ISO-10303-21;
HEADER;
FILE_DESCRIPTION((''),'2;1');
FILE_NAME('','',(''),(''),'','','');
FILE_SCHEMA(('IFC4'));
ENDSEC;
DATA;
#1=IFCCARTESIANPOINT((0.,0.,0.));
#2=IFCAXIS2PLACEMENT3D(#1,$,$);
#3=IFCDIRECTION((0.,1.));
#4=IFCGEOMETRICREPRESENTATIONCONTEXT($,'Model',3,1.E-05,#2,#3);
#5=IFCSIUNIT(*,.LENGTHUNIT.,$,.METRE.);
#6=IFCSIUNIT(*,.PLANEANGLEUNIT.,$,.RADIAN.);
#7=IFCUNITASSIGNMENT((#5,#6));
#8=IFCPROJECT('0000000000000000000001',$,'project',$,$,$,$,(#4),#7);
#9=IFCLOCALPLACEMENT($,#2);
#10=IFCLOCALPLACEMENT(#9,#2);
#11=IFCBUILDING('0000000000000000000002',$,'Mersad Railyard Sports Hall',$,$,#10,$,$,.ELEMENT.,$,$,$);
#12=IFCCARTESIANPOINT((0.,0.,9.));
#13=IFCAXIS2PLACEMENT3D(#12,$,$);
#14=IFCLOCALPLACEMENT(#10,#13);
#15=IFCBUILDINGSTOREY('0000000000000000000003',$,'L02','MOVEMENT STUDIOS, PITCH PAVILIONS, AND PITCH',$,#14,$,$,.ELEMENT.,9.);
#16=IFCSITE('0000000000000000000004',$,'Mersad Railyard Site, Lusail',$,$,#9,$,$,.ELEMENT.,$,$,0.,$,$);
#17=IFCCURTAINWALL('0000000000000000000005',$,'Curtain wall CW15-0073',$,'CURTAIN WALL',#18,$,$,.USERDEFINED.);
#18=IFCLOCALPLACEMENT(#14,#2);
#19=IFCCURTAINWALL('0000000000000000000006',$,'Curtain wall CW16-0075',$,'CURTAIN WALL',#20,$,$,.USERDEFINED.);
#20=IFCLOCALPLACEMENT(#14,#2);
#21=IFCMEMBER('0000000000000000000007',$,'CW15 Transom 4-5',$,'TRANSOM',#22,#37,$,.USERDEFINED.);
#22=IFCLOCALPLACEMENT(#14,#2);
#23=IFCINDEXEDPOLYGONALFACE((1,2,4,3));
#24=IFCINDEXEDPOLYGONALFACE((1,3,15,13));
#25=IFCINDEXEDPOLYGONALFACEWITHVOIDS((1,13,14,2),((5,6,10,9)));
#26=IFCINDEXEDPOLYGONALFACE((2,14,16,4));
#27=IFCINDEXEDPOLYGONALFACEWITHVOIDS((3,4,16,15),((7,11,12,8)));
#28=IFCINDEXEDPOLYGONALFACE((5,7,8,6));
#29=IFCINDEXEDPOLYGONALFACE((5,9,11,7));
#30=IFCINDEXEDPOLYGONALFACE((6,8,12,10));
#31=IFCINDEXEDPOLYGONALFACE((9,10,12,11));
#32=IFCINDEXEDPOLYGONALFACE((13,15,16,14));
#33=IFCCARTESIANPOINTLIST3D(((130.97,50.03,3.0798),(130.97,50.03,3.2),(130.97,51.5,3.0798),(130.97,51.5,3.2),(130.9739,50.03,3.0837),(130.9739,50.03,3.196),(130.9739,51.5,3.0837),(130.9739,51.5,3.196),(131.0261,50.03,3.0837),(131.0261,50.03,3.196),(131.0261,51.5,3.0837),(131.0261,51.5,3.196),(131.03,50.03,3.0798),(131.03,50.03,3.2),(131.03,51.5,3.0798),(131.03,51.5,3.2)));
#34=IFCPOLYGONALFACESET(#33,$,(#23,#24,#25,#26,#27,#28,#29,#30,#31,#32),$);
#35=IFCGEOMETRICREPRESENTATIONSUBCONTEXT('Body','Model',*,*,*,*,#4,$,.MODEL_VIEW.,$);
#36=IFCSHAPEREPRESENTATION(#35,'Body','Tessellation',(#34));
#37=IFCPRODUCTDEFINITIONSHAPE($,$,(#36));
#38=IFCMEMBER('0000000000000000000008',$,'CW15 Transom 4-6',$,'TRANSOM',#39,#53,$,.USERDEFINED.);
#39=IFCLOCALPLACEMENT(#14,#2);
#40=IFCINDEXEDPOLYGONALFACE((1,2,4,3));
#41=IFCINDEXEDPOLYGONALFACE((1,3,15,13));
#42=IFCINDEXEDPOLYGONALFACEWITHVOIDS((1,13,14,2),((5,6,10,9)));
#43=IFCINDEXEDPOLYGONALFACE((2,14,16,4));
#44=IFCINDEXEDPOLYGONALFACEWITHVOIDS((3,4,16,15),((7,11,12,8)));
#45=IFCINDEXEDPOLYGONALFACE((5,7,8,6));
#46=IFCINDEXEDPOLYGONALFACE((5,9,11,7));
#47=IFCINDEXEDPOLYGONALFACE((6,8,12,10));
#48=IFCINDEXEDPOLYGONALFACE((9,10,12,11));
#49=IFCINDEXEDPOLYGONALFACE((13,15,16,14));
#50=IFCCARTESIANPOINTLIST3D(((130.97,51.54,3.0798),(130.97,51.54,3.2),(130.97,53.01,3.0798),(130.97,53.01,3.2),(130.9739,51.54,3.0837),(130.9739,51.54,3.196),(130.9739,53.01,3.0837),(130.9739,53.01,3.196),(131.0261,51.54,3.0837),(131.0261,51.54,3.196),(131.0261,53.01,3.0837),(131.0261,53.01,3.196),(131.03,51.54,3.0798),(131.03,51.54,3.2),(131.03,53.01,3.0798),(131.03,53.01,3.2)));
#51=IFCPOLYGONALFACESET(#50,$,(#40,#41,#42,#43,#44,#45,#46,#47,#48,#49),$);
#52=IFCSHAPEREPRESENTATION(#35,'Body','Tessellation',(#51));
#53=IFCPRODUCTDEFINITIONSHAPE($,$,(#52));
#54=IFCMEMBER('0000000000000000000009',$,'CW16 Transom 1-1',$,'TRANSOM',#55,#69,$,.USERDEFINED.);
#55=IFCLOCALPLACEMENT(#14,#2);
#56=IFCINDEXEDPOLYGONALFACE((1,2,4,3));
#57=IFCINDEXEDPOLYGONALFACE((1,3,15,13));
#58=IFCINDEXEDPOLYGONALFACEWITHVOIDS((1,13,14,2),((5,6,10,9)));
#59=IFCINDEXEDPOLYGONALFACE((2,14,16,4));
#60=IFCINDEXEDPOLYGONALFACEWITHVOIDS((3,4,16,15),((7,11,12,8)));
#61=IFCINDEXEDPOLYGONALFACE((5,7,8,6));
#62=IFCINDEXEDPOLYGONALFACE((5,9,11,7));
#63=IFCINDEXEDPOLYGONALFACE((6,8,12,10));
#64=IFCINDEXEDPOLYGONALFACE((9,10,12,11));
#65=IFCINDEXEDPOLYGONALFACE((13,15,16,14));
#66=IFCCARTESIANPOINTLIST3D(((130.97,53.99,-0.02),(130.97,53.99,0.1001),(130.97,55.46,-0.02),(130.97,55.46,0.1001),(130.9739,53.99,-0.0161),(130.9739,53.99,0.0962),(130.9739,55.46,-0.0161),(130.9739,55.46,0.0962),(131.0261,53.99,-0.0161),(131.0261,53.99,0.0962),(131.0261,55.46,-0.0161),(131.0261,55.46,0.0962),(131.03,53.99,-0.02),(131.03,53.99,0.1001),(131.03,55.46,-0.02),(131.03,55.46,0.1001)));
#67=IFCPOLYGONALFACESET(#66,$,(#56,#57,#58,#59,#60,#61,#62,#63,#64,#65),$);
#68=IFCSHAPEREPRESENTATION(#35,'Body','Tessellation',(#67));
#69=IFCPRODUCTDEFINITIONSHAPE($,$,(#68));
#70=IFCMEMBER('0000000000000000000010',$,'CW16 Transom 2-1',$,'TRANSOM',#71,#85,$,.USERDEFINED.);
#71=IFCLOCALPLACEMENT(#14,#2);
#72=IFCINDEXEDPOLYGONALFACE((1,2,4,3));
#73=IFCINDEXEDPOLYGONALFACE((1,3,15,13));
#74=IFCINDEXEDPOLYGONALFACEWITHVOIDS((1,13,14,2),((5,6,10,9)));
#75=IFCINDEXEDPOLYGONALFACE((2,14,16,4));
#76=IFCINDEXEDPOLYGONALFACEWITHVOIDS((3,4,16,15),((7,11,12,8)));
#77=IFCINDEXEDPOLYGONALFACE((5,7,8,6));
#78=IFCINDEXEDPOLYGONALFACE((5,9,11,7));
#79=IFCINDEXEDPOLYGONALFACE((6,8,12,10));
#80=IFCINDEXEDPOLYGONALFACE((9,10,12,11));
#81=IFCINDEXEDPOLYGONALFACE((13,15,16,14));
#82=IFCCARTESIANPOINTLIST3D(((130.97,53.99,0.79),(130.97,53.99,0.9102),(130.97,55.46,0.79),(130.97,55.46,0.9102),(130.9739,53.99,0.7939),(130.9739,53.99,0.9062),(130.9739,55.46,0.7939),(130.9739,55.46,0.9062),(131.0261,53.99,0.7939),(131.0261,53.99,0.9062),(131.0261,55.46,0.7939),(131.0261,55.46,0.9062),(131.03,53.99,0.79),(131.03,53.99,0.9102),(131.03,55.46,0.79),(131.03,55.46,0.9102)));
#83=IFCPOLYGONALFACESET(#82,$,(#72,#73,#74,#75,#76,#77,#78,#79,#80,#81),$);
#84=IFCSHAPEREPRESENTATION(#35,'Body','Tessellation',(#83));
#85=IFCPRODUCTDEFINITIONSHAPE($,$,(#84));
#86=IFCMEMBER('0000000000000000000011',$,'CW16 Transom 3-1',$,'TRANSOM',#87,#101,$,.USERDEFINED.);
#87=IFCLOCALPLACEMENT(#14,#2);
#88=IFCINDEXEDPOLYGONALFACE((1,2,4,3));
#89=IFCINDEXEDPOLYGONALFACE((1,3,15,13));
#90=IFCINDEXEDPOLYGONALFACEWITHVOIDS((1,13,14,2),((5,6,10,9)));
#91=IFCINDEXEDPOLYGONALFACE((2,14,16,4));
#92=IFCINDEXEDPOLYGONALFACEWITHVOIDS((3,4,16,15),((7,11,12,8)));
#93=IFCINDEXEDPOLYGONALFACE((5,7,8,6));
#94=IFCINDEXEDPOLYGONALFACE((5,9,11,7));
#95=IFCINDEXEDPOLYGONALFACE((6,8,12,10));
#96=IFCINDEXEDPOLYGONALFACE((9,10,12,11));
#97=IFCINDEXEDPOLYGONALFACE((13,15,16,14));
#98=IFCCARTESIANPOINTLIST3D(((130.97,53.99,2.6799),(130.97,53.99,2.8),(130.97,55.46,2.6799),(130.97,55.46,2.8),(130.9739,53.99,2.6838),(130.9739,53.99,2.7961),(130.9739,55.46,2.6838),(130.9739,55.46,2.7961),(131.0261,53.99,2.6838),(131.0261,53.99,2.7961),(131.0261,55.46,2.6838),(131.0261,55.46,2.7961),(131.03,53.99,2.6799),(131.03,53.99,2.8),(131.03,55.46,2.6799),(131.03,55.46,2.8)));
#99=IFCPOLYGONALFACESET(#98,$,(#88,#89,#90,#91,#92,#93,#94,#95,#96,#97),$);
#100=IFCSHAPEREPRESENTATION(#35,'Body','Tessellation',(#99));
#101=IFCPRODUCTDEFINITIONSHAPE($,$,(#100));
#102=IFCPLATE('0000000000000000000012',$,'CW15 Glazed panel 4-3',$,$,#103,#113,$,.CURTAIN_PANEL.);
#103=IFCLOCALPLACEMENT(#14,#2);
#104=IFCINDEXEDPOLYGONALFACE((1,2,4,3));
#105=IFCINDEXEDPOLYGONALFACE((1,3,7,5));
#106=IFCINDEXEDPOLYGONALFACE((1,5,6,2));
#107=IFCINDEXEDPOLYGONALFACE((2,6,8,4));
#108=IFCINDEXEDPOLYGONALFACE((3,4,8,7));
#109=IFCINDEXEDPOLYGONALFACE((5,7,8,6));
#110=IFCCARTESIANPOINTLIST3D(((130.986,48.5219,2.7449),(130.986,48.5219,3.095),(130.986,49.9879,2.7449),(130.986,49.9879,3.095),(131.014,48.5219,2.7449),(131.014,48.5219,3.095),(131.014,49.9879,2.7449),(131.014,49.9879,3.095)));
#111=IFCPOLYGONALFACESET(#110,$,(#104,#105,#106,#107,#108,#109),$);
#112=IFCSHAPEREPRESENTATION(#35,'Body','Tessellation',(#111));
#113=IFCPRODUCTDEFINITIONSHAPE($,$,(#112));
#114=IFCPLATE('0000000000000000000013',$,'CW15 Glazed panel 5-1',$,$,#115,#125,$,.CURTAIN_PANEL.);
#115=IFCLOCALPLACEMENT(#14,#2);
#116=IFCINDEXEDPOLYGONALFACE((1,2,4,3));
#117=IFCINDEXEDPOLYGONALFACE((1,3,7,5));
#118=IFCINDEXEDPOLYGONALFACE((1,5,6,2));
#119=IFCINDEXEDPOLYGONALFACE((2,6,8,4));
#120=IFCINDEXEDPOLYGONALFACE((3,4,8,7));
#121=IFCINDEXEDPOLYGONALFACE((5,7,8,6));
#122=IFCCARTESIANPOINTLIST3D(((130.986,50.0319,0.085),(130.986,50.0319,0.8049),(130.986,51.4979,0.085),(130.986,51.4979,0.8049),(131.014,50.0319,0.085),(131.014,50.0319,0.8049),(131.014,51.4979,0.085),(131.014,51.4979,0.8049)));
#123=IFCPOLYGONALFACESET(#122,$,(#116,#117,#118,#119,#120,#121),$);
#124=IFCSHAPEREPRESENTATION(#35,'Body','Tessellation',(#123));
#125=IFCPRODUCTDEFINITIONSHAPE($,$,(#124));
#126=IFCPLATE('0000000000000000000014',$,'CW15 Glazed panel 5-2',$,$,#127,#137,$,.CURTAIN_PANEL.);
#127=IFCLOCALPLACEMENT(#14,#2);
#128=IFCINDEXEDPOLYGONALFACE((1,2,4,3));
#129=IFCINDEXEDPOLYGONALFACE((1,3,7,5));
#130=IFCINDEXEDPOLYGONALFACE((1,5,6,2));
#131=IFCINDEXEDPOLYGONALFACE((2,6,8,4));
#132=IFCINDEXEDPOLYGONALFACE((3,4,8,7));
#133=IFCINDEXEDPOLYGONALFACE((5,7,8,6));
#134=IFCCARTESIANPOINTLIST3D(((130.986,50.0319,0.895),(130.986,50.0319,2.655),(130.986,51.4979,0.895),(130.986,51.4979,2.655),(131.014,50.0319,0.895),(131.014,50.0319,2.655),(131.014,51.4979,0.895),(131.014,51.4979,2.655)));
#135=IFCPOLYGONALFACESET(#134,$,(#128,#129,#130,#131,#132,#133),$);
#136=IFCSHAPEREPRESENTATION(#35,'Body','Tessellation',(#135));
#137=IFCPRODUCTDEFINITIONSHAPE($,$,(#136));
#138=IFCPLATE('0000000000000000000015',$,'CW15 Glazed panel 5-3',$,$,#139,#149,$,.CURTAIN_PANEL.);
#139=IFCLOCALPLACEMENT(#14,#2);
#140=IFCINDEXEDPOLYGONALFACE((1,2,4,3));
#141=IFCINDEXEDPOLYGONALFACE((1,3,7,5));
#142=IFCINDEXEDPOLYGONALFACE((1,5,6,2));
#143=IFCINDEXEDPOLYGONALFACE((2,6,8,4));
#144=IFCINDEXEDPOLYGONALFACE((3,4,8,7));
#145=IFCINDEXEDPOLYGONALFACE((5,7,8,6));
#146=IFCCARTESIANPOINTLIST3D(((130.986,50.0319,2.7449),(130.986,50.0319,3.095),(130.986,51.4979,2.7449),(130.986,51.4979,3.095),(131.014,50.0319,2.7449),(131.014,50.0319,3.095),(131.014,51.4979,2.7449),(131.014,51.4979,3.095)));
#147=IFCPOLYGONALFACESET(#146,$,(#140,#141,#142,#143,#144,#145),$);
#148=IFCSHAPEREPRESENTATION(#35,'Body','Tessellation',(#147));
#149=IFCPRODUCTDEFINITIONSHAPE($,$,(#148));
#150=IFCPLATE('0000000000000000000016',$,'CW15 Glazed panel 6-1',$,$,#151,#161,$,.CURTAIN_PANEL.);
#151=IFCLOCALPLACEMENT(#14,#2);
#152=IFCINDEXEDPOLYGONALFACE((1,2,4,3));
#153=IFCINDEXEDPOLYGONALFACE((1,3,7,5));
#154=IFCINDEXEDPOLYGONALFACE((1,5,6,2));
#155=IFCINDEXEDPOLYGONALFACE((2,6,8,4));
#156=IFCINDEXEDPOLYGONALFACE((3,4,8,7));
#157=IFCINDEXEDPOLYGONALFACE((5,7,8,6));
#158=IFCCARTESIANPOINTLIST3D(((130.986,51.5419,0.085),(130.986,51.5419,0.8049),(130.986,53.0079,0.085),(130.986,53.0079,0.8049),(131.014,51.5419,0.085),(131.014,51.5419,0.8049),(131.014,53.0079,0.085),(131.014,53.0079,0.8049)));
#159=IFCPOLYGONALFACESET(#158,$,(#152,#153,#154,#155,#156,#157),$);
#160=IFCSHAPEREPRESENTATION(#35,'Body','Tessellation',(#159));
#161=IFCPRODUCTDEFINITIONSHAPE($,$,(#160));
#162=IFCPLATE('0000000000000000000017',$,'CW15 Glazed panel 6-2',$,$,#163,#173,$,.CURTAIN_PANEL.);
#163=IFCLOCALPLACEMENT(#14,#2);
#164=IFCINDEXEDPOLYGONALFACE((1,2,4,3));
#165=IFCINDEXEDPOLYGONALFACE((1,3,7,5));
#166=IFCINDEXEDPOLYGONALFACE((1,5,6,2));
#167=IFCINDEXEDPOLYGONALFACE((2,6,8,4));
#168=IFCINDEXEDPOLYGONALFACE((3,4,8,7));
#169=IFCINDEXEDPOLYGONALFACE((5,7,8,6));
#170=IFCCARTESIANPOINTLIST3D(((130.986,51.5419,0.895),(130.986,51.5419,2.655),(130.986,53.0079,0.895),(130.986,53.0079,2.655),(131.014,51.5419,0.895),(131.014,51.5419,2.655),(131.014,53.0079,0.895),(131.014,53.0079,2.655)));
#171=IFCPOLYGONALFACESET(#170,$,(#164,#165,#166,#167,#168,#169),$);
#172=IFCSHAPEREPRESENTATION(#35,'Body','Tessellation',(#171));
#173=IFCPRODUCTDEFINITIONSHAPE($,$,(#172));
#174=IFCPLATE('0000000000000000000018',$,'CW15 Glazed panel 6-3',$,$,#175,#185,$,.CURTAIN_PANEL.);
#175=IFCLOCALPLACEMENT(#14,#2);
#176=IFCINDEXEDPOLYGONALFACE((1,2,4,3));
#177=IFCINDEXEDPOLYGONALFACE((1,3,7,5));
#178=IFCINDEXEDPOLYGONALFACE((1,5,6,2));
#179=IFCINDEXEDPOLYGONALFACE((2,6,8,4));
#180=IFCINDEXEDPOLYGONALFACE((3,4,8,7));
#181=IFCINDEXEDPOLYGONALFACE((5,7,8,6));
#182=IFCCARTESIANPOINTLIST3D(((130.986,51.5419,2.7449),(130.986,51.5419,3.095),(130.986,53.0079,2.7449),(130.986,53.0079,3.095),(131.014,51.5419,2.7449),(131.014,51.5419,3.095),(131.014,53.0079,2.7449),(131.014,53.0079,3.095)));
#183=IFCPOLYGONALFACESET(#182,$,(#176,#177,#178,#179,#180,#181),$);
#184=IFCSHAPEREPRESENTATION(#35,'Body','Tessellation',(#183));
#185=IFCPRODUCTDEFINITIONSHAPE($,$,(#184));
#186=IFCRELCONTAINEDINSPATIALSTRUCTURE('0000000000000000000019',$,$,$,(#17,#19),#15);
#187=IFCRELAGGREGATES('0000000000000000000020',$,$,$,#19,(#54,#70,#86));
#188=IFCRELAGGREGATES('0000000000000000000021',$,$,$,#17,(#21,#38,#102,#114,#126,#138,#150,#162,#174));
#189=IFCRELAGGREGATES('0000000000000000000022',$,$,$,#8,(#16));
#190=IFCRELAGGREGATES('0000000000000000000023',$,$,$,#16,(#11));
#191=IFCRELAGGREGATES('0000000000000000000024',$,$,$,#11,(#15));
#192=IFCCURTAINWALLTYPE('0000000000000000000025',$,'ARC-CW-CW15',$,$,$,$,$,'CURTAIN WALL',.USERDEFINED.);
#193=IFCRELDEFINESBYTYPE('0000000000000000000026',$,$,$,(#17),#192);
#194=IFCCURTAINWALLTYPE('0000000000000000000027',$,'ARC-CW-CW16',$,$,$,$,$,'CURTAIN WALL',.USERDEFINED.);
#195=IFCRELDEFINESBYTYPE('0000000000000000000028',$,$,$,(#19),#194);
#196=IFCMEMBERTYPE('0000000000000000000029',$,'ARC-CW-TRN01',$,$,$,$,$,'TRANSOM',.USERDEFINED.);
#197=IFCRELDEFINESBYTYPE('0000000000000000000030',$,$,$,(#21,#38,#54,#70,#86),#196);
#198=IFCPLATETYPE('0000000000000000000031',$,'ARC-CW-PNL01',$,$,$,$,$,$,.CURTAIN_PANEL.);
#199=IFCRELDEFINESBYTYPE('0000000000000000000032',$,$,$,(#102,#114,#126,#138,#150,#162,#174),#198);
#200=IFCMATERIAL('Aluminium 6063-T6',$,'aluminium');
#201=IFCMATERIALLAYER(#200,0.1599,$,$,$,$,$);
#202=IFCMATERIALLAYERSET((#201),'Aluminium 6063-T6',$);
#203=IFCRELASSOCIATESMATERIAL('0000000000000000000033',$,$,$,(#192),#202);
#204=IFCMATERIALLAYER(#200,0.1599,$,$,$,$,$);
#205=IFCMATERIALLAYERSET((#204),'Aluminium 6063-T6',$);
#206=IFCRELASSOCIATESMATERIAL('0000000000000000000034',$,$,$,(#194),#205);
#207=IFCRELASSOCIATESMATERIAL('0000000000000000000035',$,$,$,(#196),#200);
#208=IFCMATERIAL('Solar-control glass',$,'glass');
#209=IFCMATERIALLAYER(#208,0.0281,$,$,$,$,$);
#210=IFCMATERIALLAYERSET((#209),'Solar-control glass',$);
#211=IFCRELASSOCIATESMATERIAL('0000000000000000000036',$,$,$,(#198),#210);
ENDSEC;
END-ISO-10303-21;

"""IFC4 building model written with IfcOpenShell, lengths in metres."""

from ifc_helpers import new_model, si_unit, direction, frame, origin, origin_2d, place, context, subcontext, project, spatial, rectangle, hollow_rectangle, extrude, material, layer, layer_set, material_profile, profile_set, type_object, element, aggregate, save


model = new_model("IFC4")

# Units and contexts
model_context = context("Model", 3, precision=1e-05, world=origin(), true_north=direction((0.0, 1.0)))
body_context = subcontext(model_context, "Body", "Model", "MODEL_VIEW")
ifc_project = project(units=[si_unit("LENGTHUNIT", "METRE"), si_unit("PLANEANGLEUNIT", "RADIAN")], contexts=[model_context])

# Site, building, storey
site_placement = place(None, origin())
site = spatial("IfcSite", under=ifc_project, at=site_placement, Name="Mersad Railyard Site, Lusail", CompositionType="ELEMENT", RefElevation=0.0)
building_placement = place(site_placement, origin())
building = spatial("IfcBuilding", under=site, at=building_placement, Name="Mersad Railyard Sports Hall", CompositionType="ELEMENT")
storey_placement = place(building_placement, frame((0.0, 0.0, 9.0)))
storey = spatial("IfcBuildingStorey", under=building, at=storey_placement, Name="L02", Description="MOVEMENT STUDIOS, PITCH PAVILIONS, AND PITCH", CompositionType="ELEMENT", Elevation=9.0)

# Curtain wall
ifc_material_1 = material(Name="Aluminium 6063-T6", Category="aluminium")
ifc_layer_1 = layer(ifc_material_1, 0.1599)
ifc_layer_set_1 = layer_set([ifc_layer_1], Name="Aluminium 6063-T6")
curtain_wall_type_1 = type_object("IfcCurtainWallType", Name="ARC-CW-CW15", ElementType="CURTAIN WALL", PredefinedType="USERDEFINED", material=ifc_layer_set_1)
curtain_wall_1_placement = place(storey_placement, origin())
curtain_wall_1 = element("IfcCurtainWall", 1, at=curtain_wall_1_placement, inside=storey, type_object=curtain_wall_type_1, Name="Curtain wall CW15-0073", ObjectType="CURTAIN WALL", PredefinedType="USERDEFINED")

# Curtain wall
ifc_layer_2 = layer(ifc_material_1, 0.1599)
ifc_layer_set_2 = layer_set([ifc_layer_2], Name="Aluminium 6063-T6")
curtain_wall_type_2 = type_object("IfcCurtainWallType", Name="ARC-CW-CW16", ElementType="CURTAIN WALL", PredefinedType="USERDEFINED", material=ifc_layer_set_2)
curtain_wall_2_placement = place(storey_placement, origin())
curtain_wall_2 = element("IfcCurtainWall", 2, at=curtain_wall_2_placement, inside=storey, type_object=curtain_wall_type_2, Name="Curtain wall CW16-0075", ObjectType="CURTAIN WALL", PredefinedType="USERDEFINED")

# Members
ifc_material_profile_1 = material_profile(ifc_material_1, hollow_rectangle(XDim=0.0601, YDim=0.1201, WallThickness=0.0039, at=origin_2d()), Name="AL TRANSOM 60x120x4")
ifc_profile_set_1 = profile_set([ifc_material_profile_1], Name="Aluminium 6063-T6")
member_type_1 = type_object("IfcMemberType", Name="ARC-CW-TRN01", ElementType="TRANSOM", PredefinedType="USERDEFINED", material=ifc_profile_set_1)
member_1_placement = place(storey_placement, frame((131.0, 50.03, 3.1399), z_axis=(0.0, 1.0, 0.0), x_axis=(-1.0, 0.0, 0.0)))
member_1 = element("IfcMember", 3, at=member_1_placement, type_object=member_type_1, Name="CW15 Transom 4-5", ObjectType="TRANSOM", PredefinedType="USERDEFINED", context=body_context, shape_type="SweptSolid", body=[
    extrude(hollow_rectangle(XDim=0.0601, YDim=0.1201, WallThickness=0.0039, at=origin_2d()), origin(), (0.0, 0.0, 1.0), 1.47),
])
member_2_placement = place(storey_placement, frame((131.0, 51.54, 3.1399), z_axis=(0.0, 1.0, 0.0), x_axis=(-1.0, 0.0, 0.0)))
member_2 = element("IfcMember", 4, at=member_2_placement, type_object=member_type_1, Name="CW15 Transom 4-6", ObjectType="TRANSOM", PredefinedType="USERDEFINED", context=body_context, shape_type="SweptSolid", body=[
    extrude(hollow_rectangle(XDim=0.0601, YDim=0.1201, WallThickness=0.0039, at=origin_2d()), origin(), (0.0, 0.0, 1.0), 1.47),
])
member_3_placement = place(storey_placement, frame((131.0, 53.99, 0.04), z_axis=(0.0, 1.0, 0.0), x_axis=(-1.0, 0.0, 0.0)))
member_3 = element("IfcMember", 5, at=member_3_placement, type_object=member_type_1, Name="CW16 Transom 1-1", ObjectType="TRANSOM", PredefinedType="USERDEFINED", context=body_context, shape_type="SweptSolid", body=[
    extrude(hollow_rectangle(XDim=0.0601, YDim=0.1201, WallThickness=0.0039, at=origin_2d()), origin(), (0.0, 0.0, 1.0), 1.47),
])
member_4_placement = place(storey_placement, frame((131.0, 53.99, 0.8501), z_axis=(0.0, 1.0, 0.0), x_axis=(-1.0, 0.0, 0.0)))
member_4 = element("IfcMember", 6, at=member_4_placement, type_object=member_type_1, Name="CW16 Transom 2-1", ObjectType="TRANSOM", PredefinedType="USERDEFINED", context=body_context, shape_type="SweptSolid", body=[
    extrude(hollow_rectangle(XDim=0.0601, YDim=0.1201, WallThickness=0.0039, at=origin_2d()), origin(), (0.0, 0.0, 1.0), 1.47),
])
member_5_placement = place(storey_placement, frame((131.0, 53.99, 2.74), z_axis=(0.0, 1.0, 0.0), x_axis=(-1.0, 0.0, 0.0)))
member_5 = element("IfcMember", 7, at=member_5_placement, type_object=member_type_1, Name="CW16 Transom 3-1", ObjectType="TRANSOM", PredefinedType="USERDEFINED", context=body_context, shape_type="SweptSolid", body=[
    extrude(hollow_rectangle(XDim=0.0601, YDim=0.1201, WallThickness=0.0039, at=origin_2d()), origin(), (0.0, 0.0, 1.0), 1.47),
])
aggregate(curtain_wall_2, [member_3, member_4, member_5])

# Plates
ifc_material_2 = material(Name="Solar-control glass", Category="glass")
ifc_layer_3 = layer(ifc_material_2, 0.0281)
ifc_layer_set_3 = layer_set([ifc_layer_3], Name="Solar-control glass")
plate_type = type_object("IfcPlateType", Name="ARC-CW-PNL01", PredefinedType="CURTAIN_PANEL", material=ifc_layer_set_3)
plate_1_placement = place(storey_placement, frame((131.0, 49.2549, 2.7449), z_axis=(0.0, 0.0, 1.0), x_axis=(0.0, 1.0, 0.0)))
plate_1 = element("IfcPlate", 8, at=plate_1_placement, type_object=plate_type, Name="CW15 Glazed panel 4-3", PredefinedType="CURTAIN_PANEL", context=body_context, shape_type="SweptSolid", body=[
    extrude(rectangle(XDim=1.4661, YDim=0.0281, at=origin_2d()), origin(), (0.0, 0.0, 1.0), 0.3501),
])
plate_2_placement = place(storey_placement, frame((131.0, 50.7649, 0.085), z_axis=(0.0, 0.0, 1.0), x_axis=(0.0, 1.0, 0.0)))
plate_2 = element("IfcPlate", 9, at=plate_2_placement, type_object=plate_type, Name="CW15 Glazed panel 5-1", PredefinedType="CURTAIN_PANEL", context=body_context, shape_type="SweptSolid", body=[
    extrude(rectangle(XDim=1.4661, YDim=0.0281, at=origin_2d()), origin(), (0.0, 0.0, 1.0), 0.72),
])
plate_3_placement = place(storey_placement, frame((131.0, 50.7649, 0.895), z_axis=(0.0, 0.0, 1.0), x_axis=(0.0, 1.0, 0.0)))
plate_3 = element("IfcPlate", 10, at=plate_3_placement, type_object=plate_type, Name="CW15 Glazed panel 5-2", PredefinedType="CURTAIN_PANEL", context=body_context, shape_type="SweptSolid", body=[
    extrude(rectangle(XDim=1.4661, YDim=0.0281, at=origin_2d()), origin(), (0.0, 0.0, 1.0), 1.76),
])
plate_4_placement = place(storey_placement, frame((131.0, 50.7649, 2.7449), z_axis=(0.0, 0.0, 1.0), x_axis=(0.0, 1.0, 0.0)))
plate_4 = element("IfcPlate", 11, at=plate_4_placement, type_object=plate_type, Name="CW15 Glazed panel 5-3", PredefinedType="CURTAIN_PANEL", context=body_context, shape_type="SweptSolid", body=[
    extrude(rectangle(XDim=1.4661, YDim=0.0281, at=origin_2d()), origin(), (0.0, 0.0, 1.0), 0.3501),
])
plate_5_placement = place(storey_placement, frame((131.0, 52.2749, 0.085), z_axis=(0.0, 0.0, 1.0), x_axis=(0.0, 1.0, 0.0)))
plate_5 = element("IfcPlate", 12, at=plate_5_placement, type_object=plate_type, Name="CW15 Glazed panel 6-1", PredefinedType="CURTAIN_PANEL", context=body_context, shape_type="SweptSolid", body=[
    extrude(rectangle(XDim=1.4661, YDim=0.0281, at=origin_2d()), origin(), (0.0, 0.0, 1.0), 0.72),
])
plate_6_placement = place(storey_placement, frame((131.0, 52.2749, 0.895), z_axis=(0.0, 0.0, 1.0), x_axis=(0.0, 1.0, 0.0)))
plate_6 = element("IfcPlate", 13, at=plate_6_placement, type_object=plate_type, Name="CW15 Glazed panel 6-2", PredefinedType="CURTAIN_PANEL", context=body_context, shape_type="SweptSolid", body=[
    extrude(rectangle(XDim=1.4661, YDim=0.0281, at=origin_2d()), origin(), (0.0, 0.0, 1.0), 1.76),
])
plate_7_placement = place(storey_placement, frame((131.0, 52.2749, 2.7449), z_axis=(0.0, 0.0, 1.0), x_axis=(0.0, 1.0, 0.0)))
plate_7 = element("IfcPlate", 14, at=plate_7_placement, type_object=plate_type, Name="CW15 Glazed panel 6-3", PredefinedType="CURTAIN_PANEL", context=body_context, shape_type="SweptSolid", body=[
    extrude(rectangle(XDim=1.4661, YDim=0.0281, at=origin_2d()), origin(), (0.0, 0.0, 1.0), 0.3501),
])
aggregate(curtain_wall_1, [member_1, member_2, plate_1, plate_2, plate_3, plate_4, plate_5, plate_6, plate_7])

save(model, "model.ifc")
